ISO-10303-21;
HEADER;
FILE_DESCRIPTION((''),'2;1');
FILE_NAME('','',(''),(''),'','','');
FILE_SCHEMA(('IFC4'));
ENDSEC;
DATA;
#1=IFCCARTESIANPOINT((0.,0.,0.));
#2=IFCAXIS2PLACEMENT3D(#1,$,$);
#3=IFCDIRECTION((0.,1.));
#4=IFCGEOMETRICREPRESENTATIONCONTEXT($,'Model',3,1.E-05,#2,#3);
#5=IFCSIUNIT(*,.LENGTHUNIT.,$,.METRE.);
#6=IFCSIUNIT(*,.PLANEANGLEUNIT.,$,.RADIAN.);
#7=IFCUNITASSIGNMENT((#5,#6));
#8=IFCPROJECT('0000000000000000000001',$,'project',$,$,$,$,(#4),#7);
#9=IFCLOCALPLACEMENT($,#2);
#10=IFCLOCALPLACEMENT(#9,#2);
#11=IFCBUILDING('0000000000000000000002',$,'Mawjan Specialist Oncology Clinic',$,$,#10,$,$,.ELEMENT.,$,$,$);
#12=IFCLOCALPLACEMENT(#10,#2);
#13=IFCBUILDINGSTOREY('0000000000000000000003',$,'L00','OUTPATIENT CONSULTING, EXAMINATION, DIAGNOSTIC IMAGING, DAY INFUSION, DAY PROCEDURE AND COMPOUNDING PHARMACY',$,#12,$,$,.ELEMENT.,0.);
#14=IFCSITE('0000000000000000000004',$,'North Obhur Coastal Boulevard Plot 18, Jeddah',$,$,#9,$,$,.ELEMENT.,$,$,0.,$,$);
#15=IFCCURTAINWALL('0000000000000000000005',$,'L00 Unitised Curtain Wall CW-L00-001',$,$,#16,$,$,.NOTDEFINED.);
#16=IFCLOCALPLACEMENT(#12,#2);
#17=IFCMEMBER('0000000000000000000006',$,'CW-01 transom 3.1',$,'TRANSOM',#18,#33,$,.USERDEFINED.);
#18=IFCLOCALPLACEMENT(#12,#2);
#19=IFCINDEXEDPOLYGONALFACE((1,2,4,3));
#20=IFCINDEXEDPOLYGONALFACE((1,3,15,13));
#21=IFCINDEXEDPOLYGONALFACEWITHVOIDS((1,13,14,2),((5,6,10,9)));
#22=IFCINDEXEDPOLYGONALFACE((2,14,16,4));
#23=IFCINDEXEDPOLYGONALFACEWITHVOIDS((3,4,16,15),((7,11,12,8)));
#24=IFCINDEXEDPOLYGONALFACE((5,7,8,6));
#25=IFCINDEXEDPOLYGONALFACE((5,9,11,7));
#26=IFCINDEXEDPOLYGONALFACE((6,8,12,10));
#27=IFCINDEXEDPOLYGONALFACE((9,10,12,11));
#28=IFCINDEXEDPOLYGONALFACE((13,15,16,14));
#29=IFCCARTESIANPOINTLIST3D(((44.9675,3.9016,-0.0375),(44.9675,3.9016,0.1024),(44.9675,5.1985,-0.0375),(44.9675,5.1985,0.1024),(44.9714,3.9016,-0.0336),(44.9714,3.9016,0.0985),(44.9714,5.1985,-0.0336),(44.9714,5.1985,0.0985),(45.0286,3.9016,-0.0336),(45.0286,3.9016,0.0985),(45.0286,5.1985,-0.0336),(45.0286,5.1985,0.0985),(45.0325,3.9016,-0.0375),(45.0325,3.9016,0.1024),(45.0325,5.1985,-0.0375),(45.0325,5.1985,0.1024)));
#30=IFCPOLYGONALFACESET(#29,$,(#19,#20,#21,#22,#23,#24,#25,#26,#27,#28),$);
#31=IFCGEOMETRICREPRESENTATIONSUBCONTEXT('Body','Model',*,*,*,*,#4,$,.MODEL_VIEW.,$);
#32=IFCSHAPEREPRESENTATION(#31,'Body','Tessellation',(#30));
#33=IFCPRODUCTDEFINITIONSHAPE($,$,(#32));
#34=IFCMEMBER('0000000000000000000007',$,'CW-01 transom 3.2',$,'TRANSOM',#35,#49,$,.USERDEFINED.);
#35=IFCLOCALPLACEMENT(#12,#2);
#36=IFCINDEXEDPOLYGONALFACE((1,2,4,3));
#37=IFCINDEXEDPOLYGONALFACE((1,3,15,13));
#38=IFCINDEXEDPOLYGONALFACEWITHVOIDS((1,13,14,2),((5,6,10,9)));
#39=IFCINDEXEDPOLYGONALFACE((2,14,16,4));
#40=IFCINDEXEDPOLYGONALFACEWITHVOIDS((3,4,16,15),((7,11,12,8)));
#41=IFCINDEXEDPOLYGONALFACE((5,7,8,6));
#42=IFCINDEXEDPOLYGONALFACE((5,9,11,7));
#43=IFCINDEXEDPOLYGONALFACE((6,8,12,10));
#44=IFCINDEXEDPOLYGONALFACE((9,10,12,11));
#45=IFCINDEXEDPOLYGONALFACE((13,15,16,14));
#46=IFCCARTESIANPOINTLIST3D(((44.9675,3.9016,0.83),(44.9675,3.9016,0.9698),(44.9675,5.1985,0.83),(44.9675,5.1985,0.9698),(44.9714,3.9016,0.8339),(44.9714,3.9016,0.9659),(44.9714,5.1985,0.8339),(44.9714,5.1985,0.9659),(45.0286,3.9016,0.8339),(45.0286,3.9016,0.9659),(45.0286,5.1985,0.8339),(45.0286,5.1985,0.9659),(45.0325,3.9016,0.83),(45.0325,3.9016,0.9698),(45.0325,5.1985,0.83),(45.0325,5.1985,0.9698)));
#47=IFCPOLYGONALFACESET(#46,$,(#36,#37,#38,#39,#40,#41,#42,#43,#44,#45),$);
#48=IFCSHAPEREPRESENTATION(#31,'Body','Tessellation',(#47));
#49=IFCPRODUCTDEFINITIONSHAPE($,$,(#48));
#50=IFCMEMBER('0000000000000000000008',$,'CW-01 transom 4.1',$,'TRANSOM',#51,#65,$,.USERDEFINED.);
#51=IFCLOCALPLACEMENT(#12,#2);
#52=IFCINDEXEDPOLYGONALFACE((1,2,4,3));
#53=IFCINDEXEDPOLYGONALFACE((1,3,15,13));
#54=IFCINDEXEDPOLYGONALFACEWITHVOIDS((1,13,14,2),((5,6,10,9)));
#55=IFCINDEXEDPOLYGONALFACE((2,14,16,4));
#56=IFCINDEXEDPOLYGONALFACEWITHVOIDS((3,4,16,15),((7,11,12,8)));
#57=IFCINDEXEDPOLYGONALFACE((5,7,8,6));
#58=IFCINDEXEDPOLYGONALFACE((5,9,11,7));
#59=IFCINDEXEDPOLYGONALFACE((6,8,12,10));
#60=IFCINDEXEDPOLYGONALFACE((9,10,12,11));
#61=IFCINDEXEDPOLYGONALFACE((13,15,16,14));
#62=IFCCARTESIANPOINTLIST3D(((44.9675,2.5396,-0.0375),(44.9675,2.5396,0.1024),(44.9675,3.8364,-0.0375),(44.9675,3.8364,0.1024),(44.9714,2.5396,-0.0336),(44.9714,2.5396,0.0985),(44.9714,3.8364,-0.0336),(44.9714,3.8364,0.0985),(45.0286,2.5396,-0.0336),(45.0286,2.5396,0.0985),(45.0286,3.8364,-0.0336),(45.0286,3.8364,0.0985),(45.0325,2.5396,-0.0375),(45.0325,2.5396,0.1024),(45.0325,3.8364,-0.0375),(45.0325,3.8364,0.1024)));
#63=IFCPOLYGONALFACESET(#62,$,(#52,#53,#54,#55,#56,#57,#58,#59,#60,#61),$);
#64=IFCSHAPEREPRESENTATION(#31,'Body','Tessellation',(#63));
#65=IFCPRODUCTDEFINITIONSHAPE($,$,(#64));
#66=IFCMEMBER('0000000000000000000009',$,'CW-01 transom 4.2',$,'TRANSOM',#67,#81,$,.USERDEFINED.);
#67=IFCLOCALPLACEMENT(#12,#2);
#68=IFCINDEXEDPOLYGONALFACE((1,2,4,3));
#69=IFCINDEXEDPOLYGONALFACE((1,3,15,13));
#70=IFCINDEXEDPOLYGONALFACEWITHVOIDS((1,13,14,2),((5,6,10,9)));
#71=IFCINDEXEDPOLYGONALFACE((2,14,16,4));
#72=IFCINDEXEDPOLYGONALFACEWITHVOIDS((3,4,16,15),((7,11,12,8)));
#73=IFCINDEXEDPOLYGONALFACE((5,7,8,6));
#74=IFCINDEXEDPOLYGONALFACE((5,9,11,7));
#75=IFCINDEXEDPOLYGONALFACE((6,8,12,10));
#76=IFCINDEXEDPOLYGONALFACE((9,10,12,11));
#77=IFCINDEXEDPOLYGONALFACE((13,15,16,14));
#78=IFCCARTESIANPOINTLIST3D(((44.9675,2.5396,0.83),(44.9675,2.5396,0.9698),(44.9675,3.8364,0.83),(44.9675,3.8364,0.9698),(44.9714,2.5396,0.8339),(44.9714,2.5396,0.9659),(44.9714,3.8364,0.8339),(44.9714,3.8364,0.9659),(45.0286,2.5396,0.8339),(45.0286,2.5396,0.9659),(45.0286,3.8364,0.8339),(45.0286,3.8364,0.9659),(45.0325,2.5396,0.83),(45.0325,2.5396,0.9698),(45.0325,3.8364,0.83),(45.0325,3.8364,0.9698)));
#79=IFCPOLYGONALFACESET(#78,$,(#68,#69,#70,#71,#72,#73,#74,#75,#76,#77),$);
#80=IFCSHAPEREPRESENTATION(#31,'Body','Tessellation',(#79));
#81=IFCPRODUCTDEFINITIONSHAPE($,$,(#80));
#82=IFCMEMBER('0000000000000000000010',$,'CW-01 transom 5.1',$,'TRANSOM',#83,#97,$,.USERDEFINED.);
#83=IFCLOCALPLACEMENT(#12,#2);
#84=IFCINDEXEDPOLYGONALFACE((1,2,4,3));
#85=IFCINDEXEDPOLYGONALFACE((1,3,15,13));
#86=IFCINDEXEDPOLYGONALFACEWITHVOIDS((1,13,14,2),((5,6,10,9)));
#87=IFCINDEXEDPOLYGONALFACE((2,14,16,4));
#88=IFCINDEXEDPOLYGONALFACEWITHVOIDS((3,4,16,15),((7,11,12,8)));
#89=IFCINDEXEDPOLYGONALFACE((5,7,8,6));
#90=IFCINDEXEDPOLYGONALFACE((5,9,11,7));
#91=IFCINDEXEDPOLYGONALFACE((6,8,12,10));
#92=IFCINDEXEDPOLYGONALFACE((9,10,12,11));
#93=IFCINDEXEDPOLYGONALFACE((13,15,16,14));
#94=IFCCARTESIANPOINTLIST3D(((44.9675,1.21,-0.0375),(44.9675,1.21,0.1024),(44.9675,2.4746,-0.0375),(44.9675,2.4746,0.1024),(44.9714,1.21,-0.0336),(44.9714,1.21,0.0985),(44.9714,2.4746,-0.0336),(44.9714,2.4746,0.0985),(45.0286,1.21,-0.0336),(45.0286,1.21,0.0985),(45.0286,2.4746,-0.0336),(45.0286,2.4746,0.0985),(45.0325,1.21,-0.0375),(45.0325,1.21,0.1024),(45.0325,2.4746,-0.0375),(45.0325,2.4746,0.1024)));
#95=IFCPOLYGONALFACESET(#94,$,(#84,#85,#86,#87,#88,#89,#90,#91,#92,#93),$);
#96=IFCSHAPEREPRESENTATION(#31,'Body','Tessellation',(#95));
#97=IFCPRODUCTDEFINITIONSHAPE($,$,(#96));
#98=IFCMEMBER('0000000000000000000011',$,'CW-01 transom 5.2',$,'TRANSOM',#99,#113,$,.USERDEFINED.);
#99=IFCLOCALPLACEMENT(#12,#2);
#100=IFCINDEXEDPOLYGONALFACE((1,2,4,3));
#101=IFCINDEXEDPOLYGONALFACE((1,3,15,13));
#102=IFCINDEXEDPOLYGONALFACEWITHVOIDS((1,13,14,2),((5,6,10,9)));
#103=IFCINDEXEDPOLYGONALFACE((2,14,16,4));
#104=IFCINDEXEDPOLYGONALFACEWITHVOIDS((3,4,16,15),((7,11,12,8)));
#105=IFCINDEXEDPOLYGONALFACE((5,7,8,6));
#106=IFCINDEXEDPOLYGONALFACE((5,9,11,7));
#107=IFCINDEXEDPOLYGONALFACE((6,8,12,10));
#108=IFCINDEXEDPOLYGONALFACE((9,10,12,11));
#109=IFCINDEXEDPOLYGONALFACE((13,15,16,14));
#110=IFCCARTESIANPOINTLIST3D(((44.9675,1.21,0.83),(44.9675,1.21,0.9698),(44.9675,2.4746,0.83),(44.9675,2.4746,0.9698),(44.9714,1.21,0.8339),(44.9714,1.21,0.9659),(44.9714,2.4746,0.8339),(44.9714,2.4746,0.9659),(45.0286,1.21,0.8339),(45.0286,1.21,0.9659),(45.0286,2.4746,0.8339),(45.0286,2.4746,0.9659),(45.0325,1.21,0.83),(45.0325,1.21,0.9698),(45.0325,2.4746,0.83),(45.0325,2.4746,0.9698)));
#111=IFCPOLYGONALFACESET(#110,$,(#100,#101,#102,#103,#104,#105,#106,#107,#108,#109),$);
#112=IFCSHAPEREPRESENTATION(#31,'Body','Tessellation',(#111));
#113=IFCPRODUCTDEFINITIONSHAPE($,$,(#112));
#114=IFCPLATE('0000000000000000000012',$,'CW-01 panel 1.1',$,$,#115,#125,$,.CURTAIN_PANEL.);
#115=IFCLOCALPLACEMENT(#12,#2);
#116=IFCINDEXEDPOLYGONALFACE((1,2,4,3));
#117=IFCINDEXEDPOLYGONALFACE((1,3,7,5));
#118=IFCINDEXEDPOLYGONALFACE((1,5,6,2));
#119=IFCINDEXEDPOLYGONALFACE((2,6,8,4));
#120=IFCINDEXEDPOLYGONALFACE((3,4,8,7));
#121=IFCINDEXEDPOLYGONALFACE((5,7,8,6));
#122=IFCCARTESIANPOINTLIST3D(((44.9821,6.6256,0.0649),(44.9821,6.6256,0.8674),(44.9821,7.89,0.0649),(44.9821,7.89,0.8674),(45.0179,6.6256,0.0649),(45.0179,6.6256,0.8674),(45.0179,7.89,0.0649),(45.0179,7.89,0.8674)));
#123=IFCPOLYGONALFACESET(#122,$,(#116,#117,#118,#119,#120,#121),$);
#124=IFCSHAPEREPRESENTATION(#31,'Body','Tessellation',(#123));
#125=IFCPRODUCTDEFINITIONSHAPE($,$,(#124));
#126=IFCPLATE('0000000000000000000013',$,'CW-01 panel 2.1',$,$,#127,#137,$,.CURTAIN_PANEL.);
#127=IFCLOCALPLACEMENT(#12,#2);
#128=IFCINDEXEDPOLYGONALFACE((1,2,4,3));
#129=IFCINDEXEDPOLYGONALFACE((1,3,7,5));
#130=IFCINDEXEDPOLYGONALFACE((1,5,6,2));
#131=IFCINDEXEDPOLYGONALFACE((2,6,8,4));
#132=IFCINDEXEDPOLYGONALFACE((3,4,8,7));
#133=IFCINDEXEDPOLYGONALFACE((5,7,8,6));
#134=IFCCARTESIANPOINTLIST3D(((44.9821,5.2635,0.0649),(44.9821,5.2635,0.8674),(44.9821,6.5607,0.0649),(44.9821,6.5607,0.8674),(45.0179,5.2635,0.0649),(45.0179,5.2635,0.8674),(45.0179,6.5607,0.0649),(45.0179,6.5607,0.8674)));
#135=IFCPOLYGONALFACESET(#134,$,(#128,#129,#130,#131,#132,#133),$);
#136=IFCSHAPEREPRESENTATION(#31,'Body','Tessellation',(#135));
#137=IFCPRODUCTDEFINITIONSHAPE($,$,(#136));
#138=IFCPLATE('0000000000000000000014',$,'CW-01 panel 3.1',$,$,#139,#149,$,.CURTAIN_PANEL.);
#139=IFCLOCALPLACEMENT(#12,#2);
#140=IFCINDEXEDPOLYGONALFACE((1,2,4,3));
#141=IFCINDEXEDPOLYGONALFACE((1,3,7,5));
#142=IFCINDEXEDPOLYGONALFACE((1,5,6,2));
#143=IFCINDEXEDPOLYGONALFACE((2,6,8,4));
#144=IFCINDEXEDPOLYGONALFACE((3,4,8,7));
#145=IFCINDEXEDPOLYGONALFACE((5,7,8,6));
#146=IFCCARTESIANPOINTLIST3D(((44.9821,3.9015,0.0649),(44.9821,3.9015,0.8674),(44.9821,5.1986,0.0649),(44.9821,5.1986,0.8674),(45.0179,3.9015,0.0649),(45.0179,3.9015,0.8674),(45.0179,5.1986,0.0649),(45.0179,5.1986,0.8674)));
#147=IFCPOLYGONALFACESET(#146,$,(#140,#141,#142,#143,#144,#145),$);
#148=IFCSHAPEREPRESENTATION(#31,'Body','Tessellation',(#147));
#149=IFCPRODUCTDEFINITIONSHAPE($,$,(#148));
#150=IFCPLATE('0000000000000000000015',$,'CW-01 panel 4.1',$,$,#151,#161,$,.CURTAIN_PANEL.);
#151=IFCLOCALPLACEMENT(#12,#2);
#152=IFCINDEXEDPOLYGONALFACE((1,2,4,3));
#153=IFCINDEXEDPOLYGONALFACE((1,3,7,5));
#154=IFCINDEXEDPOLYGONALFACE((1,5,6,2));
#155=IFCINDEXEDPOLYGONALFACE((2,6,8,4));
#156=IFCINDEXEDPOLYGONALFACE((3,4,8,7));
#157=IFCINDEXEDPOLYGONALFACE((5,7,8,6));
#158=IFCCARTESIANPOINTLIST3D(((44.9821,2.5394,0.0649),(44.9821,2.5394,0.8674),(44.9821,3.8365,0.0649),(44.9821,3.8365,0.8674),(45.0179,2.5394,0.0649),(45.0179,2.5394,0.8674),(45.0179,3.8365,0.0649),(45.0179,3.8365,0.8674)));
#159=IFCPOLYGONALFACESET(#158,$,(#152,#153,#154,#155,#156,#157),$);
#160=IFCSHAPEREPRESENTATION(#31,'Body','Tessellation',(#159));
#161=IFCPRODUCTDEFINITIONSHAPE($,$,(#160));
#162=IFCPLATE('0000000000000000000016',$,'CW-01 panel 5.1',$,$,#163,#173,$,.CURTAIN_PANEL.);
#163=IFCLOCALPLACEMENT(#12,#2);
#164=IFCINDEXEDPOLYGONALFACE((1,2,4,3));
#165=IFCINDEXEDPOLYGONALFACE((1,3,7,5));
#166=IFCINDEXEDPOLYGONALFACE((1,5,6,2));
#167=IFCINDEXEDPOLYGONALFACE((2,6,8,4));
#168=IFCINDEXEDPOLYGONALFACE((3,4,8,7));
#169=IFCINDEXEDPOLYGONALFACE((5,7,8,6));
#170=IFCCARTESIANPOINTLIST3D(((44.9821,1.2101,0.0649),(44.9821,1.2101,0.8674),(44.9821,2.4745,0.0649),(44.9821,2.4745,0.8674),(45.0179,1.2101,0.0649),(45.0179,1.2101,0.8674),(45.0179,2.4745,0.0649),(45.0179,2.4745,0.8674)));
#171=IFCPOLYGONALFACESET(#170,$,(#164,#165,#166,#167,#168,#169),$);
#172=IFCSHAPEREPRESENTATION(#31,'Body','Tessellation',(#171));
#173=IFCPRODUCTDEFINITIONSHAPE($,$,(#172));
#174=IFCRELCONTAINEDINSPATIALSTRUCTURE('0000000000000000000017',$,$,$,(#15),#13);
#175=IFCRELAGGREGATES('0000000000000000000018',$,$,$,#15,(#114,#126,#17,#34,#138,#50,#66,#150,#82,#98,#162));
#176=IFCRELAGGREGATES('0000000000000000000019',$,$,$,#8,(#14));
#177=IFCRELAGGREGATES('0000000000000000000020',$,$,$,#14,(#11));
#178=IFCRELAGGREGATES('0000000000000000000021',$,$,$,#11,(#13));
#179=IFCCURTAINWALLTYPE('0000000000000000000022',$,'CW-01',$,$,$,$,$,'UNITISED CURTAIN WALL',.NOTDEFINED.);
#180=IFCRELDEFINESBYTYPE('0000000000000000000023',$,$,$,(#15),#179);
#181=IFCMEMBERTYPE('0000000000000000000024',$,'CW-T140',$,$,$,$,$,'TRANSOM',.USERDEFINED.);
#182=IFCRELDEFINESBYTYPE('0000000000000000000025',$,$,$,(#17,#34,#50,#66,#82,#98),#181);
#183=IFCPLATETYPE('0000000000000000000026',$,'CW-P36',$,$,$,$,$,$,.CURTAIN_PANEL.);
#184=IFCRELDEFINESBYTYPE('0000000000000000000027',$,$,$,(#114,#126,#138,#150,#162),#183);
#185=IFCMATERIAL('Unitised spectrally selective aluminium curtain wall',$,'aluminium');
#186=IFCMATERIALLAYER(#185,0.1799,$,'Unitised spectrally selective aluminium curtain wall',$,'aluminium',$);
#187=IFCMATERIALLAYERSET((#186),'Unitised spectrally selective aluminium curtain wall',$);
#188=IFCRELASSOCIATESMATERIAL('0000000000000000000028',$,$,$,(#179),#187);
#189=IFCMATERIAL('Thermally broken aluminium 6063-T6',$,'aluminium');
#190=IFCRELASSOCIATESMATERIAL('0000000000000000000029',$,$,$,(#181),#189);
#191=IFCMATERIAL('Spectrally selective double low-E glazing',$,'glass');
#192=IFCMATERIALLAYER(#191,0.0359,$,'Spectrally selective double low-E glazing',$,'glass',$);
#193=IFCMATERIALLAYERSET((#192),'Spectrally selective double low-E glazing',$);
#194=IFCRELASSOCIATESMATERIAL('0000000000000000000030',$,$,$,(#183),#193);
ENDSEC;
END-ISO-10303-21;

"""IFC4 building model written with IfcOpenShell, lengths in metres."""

from ifc_helpers import new_model, si_unit, direction, frame, origin, origin_2d, place, context, subcontext, project, spatial, rectangle, hollow_rectangle, extrude, material, layer, layer_set, material_profile, profile_set, type_object, element, aggregate, save


model = new_model("IFC4")

# Units and contexts
model_context = context("Model", 3, precision=1e-05, world=origin(), true_north=direction((0.0, 1.0)))
body_context = subcontext(model_context, "Body", "Model", "MODEL_VIEW")
ifc_project = project(units=[si_unit("LENGTHUNIT", "METRE"), si_unit("PLANEANGLEUNIT", "RADIAN")], contexts=[model_context])

# Site, building, storey
site_placement = place(None, origin())
site = spatial("IfcSite", under=ifc_project, at=site_placement, Name="North Obhur Coastal Boulevard Plot 18, Jeddah", CompositionType="ELEMENT", RefElevation=0.0)
building_placement = place(site_placement, origin())
building = spatial("IfcBuilding", under=site, at=building_placement, Name="Mawjan Specialist Oncology Clinic", CompositionType="ELEMENT")
storey_placement = place(building_placement, origin())
storey = spatial("IfcBuildingStorey", under=building, at=storey_placement, Name="L00", Description="OUTPATIENT CONSULTING, EXAMINATION, DIAGNOSTIC IMAGING, DAY INFUSION, DAY PROCEDURE AND COMPOUNDING PHARMACY", CompositionType="ELEMENT", Elevation=0.0)

# Curtain wall, members, plates
ifc_material_1 = material(Name="Unitised spectrally selective aluminium curtain wall", Category="aluminium")
ifc_layer_1 = layer(ifc_material_1, 0.1799, Name="Unitised spectrally selective aluminium curtain wall", Category="aluminium")
ifc_layer_set_1 = layer_set([ifc_layer_1], Name="Unitised spectrally selective aluminium curtain wall")
curtain_wall_type = type_object("IfcCurtainWallType", Name="CW-01", ElementType="UNITISED CURTAIN WALL", PredefinedType="NOTDEFINED", material=ifc_layer_set_1)
curtain_wall_placement = place(storey_placement, origin())
curtain_wall = element("IfcCurtainWall", 1, at=curtain_wall_placement, inside=storey, type_object=curtain_wall_type, Name="L00 Unitised Curtain Wall CW-L00-001", PredefinedType="NOTDEFINED")
ifc_material_2 = material(Name="Thermally broken aluminium 6063-T6", Category="aluminium")
ifc_material_profile_1 = material_profile(ifc_material_2, hollow_rectangle(XDim=0.0649, YDim=0.1399, WallThickness=0.0039, at=origin_2d()), Name="ALU TRANSOM 140x65x4", Category="aluminium")
ifc_profile_set_1 = profile_set([ifc_material_profile_1], Name="Thermally broken aluminium 6063-T6")
member_type_1 = type_object("IfcMemberType", Name="CW-T140", ElementType="TRANSOM", PredefinedType="USERDEFINED", material=ifc_profile_set_1)
member_1_placement = place(storey_placement, frame((45.0, 5.1985, 0.0325), z_axis=(0.0, -1.0, 0.0), x_axis=(1.0, 0.0, 0.0)))
member_1 = element("IfcMember", 2, at=member_1_placement, type_object=member_type_1, Name="CW-01 transom 3.1", ObjectType="TRANSOM", PredefinedType="USERDEFINED", context=body_context, shape_type="SweptSolid", body=[
    extrude(hollow_rectangle(XDim=0.0649, YDim=0.1399, WallThickness=0.0039, at=origin_2d()), origin(), (0.0, 0.0, 1.0), 1.2969),
])
member_2_placement = place(storey_placement, frame((45.0, 5.1985, 0.8999), z_axis=(0.0, -1.0, 0.0), x_axis=(1.0, 0.0, 0.0)))
member_2 = element("IfcMember", 3, at=member_2_placement, type_object=member_type_1, Name="CW-01 transom 3.2", ObjectType="TRANSOM", PredefinedType="USERDEFINED", context=body_context, shape_type="SweptSolid", body=[
    extrude(hollow_rectangle(XDim=0.0649, YDim=0.1399, WallThickness=0.0039, at=origin_2d()), origin(), (0.0, 0.0, 1.0), 1.2969),
])
member_3_placement = place(storey_placement, frame((45.0, 3.8364, 0.0325), z_axis=(0.0, -1.0, 0.0), x_axis=(1.0, 0.0, 0.0)))
member_3 = element("IfcMember", 4, at=member_3_placement, type_object=member_type_1, Name="CW-01 transom 4.1", ObjectType="TRANSOM", PredefinedType="USERDEFINED", context=body_context, shape_type="SweptSolid", body=[
    extrude(hollow_rectangle(XDim=0.0649, YDim=0.1399, WallThickness=0.0039, at=origin_2d()), origin(), (0.0, 0.0, 1.0), 1.2969),
])
member_4_placement = place(storey_placement, frame((45.0, 3.8364, 0.8999), z_axis=(0.0, -1.0, 0.0), x_axis=(1.0, 0.0, 0.0)))
member_4 = element("IfcMember", 5, at=member_4_placement, type_object=member_type_1, Name="CW-01 transom 4.2", ObjectType="TRANSOM", PredefinedType="USERDEFINED", context=body_context, shape_type="SweptSolid", body=[
    extrude(hollow_rectangle(XDim=0.0649, YDim=0.1399, WallThickness=0.0039, at=origin_2d()), origin(), (0.0, 0.0, 1.0), 1.2969),
])
member_5_placement = place(storey_placement, frame((45.0, 2.4746, 0.0325), z_axis=(0.0, -1.0, 0.0), x_axis=(1.0, 0.0, 0.0)))
member_5 = element("IfcMember", 6, at=member_5_placement, type_object=member_type_1, Name="CW-01 transom 5.1", ObjectType="TRANSOM", PredefinedType="USERDEFINED", context=body_context, shape_type="SweptSolid", body=[
    extrude(hollow_rectangle(XDim=0.0649, YDim=0.1399, WallThickness=0.0039, at=origin_2d()), origin(), (0.0, 0.0, 1.0), 1.2646),
])
member_6_placement = place(storey_placement, frame((45.0, 2.4746, 0.8999), z_axis=(0.0, -1.0, 0.0), x_axis=(1.0, 0.0, 0.0)))
member_6 = element("IfcMember", 7, at=member_6_placement, type_object=member_type_1, Name="CW-01 transom 5.2", ObjectType="TRANSOM", PredefinedType="USERDEFINED", context=body_context, shape_type="SweptSolid", body=[
    extrude(hollow_rectangle(XDim=0.0649, YDim=0.1399, WallThickness=0.0039, at=origin_2d()), origin(), (0.0, 0.0, 1.0), 1.2646),
])
ifc_material_3 = material(Name="Spectrally selective double low-E glazing", Category="glass")
ifc_layer_2 = layer(ifc_material_3, 0.0359, Name="Spectrally selective double low-E glazing", Category="glass")
ifc_layer_set_2 = layer_set([ifc_layer_2], Name="Spectrally selective double low-E glazing")
plate_type = type_object("IfcPlateType", Name="CW-P36", PredefinedType="CURTAIN_PANEL", material=ifc_layer_set_2)
plate_1_placement = place(storey_placement, frame((45.0, 7.2578, 0.0649), z_axis=(0.0, 0.0, 1.0), x_axis=(0.0, -1.0, 0.0)))
plate_1 = element("IfcPlate", 8, at=plate_1_placement, type_object=plate_type, Name="CW-01 panel 1.1", PredefinedType="CURTAIN_PANEL", context=body_context, shape_type="SweptSolid", body=[
    extrude(rectangle(XDim=1.2644, YDim=0.0359, at=origin_2d()), origin(), (0.0, 0.0, 1.0), 0.8025),
])
plate_2_placement = place(storey_placement, frame((45.0, 5.9121, 0.0649), z_axis=(0.0, 0.0, 1.0), x_axis=(0.0, -1.0, 0.0)))
plate_2 = element("IfcPlate", 9, at=plate_2_placement, type_object=plate_type, Name="CW-01 panel 2.1", PredefinedType="CURTAIN_PANEL", context=body_context, shape_type="SweptSolid", body=[
    extrude(rectangle(XDim=1.2971, YDim=0.0359, at=origin_2d()), origin(), (0.0, 0.0, 1.0), 0.8025),
])
plate_3_placement = place(storey_placement, frame((45.0, 4.55, 0.0649), z_axis=(0.0, 0.0, 1.0), x_axis=(0.0, -1.0, 0.0)))
plate_3 = element("IfcPlate", 10, at=plate_3_placement, type_object=plate_type, Name="CW-01 panel 3.1", PredefinedType="CURTAIN_PANEL", context=body_context, shape_type="SweptSolid", body=[
    extrude(rectangle(XDim=1.2971, YDim=0.0359, at=origin_2d()), origin(), (0.0, 0.0, 1.0), 0.8025),
])
plate_4_placement = place(storey_placement, frame((45.0, 3.188, 0.0649), z_axis=(0.0, 0.0, 1.0), x_axis=(0.0, -1.0, 0.0)))
plate_4 = element("IfcPlate", 11, at=plate_4_placement, type_object=plate_type, Name="CW-01 panel 4.1", PredefinedType="CURTAIN_PANEL", context=body_context, shape_type="SweptSolid", body=[
    extrude(rectangle(XDim=1.2971, YDim=0.0359, at=origin_2d()), origin(), (0.0, 0.0, 1.0), 0.8025),
])
plate_5_placement = place(storey_placement, frame((45.0, 1.8423, 0.0649), z_axis=(0.0, 0.0, 1.0), x_axis=(0.0, -1.0, 0.0)))
plate_5 = element("IfcPlate", 12, at=plate_5_placement, type_object=plate_type, Name="CW-01 panel 5.1", PredefinedType="CURTAIN_PANEL", context=body_context, shape_type="SweptSolid", body=[
    extrude(rectangle(XDim=1.2644, YDim=0.0359, at=origin_2d()), origin(), (0.0, 0.0, 1.0), 0.8025),
])
aggregate(curtain_wall, [plate_1, plate_2, member_1, member_2, plate_3, member_3, member_4, plate_4, member_5, member_6, plate_5])

save(model, "model.ifc")
